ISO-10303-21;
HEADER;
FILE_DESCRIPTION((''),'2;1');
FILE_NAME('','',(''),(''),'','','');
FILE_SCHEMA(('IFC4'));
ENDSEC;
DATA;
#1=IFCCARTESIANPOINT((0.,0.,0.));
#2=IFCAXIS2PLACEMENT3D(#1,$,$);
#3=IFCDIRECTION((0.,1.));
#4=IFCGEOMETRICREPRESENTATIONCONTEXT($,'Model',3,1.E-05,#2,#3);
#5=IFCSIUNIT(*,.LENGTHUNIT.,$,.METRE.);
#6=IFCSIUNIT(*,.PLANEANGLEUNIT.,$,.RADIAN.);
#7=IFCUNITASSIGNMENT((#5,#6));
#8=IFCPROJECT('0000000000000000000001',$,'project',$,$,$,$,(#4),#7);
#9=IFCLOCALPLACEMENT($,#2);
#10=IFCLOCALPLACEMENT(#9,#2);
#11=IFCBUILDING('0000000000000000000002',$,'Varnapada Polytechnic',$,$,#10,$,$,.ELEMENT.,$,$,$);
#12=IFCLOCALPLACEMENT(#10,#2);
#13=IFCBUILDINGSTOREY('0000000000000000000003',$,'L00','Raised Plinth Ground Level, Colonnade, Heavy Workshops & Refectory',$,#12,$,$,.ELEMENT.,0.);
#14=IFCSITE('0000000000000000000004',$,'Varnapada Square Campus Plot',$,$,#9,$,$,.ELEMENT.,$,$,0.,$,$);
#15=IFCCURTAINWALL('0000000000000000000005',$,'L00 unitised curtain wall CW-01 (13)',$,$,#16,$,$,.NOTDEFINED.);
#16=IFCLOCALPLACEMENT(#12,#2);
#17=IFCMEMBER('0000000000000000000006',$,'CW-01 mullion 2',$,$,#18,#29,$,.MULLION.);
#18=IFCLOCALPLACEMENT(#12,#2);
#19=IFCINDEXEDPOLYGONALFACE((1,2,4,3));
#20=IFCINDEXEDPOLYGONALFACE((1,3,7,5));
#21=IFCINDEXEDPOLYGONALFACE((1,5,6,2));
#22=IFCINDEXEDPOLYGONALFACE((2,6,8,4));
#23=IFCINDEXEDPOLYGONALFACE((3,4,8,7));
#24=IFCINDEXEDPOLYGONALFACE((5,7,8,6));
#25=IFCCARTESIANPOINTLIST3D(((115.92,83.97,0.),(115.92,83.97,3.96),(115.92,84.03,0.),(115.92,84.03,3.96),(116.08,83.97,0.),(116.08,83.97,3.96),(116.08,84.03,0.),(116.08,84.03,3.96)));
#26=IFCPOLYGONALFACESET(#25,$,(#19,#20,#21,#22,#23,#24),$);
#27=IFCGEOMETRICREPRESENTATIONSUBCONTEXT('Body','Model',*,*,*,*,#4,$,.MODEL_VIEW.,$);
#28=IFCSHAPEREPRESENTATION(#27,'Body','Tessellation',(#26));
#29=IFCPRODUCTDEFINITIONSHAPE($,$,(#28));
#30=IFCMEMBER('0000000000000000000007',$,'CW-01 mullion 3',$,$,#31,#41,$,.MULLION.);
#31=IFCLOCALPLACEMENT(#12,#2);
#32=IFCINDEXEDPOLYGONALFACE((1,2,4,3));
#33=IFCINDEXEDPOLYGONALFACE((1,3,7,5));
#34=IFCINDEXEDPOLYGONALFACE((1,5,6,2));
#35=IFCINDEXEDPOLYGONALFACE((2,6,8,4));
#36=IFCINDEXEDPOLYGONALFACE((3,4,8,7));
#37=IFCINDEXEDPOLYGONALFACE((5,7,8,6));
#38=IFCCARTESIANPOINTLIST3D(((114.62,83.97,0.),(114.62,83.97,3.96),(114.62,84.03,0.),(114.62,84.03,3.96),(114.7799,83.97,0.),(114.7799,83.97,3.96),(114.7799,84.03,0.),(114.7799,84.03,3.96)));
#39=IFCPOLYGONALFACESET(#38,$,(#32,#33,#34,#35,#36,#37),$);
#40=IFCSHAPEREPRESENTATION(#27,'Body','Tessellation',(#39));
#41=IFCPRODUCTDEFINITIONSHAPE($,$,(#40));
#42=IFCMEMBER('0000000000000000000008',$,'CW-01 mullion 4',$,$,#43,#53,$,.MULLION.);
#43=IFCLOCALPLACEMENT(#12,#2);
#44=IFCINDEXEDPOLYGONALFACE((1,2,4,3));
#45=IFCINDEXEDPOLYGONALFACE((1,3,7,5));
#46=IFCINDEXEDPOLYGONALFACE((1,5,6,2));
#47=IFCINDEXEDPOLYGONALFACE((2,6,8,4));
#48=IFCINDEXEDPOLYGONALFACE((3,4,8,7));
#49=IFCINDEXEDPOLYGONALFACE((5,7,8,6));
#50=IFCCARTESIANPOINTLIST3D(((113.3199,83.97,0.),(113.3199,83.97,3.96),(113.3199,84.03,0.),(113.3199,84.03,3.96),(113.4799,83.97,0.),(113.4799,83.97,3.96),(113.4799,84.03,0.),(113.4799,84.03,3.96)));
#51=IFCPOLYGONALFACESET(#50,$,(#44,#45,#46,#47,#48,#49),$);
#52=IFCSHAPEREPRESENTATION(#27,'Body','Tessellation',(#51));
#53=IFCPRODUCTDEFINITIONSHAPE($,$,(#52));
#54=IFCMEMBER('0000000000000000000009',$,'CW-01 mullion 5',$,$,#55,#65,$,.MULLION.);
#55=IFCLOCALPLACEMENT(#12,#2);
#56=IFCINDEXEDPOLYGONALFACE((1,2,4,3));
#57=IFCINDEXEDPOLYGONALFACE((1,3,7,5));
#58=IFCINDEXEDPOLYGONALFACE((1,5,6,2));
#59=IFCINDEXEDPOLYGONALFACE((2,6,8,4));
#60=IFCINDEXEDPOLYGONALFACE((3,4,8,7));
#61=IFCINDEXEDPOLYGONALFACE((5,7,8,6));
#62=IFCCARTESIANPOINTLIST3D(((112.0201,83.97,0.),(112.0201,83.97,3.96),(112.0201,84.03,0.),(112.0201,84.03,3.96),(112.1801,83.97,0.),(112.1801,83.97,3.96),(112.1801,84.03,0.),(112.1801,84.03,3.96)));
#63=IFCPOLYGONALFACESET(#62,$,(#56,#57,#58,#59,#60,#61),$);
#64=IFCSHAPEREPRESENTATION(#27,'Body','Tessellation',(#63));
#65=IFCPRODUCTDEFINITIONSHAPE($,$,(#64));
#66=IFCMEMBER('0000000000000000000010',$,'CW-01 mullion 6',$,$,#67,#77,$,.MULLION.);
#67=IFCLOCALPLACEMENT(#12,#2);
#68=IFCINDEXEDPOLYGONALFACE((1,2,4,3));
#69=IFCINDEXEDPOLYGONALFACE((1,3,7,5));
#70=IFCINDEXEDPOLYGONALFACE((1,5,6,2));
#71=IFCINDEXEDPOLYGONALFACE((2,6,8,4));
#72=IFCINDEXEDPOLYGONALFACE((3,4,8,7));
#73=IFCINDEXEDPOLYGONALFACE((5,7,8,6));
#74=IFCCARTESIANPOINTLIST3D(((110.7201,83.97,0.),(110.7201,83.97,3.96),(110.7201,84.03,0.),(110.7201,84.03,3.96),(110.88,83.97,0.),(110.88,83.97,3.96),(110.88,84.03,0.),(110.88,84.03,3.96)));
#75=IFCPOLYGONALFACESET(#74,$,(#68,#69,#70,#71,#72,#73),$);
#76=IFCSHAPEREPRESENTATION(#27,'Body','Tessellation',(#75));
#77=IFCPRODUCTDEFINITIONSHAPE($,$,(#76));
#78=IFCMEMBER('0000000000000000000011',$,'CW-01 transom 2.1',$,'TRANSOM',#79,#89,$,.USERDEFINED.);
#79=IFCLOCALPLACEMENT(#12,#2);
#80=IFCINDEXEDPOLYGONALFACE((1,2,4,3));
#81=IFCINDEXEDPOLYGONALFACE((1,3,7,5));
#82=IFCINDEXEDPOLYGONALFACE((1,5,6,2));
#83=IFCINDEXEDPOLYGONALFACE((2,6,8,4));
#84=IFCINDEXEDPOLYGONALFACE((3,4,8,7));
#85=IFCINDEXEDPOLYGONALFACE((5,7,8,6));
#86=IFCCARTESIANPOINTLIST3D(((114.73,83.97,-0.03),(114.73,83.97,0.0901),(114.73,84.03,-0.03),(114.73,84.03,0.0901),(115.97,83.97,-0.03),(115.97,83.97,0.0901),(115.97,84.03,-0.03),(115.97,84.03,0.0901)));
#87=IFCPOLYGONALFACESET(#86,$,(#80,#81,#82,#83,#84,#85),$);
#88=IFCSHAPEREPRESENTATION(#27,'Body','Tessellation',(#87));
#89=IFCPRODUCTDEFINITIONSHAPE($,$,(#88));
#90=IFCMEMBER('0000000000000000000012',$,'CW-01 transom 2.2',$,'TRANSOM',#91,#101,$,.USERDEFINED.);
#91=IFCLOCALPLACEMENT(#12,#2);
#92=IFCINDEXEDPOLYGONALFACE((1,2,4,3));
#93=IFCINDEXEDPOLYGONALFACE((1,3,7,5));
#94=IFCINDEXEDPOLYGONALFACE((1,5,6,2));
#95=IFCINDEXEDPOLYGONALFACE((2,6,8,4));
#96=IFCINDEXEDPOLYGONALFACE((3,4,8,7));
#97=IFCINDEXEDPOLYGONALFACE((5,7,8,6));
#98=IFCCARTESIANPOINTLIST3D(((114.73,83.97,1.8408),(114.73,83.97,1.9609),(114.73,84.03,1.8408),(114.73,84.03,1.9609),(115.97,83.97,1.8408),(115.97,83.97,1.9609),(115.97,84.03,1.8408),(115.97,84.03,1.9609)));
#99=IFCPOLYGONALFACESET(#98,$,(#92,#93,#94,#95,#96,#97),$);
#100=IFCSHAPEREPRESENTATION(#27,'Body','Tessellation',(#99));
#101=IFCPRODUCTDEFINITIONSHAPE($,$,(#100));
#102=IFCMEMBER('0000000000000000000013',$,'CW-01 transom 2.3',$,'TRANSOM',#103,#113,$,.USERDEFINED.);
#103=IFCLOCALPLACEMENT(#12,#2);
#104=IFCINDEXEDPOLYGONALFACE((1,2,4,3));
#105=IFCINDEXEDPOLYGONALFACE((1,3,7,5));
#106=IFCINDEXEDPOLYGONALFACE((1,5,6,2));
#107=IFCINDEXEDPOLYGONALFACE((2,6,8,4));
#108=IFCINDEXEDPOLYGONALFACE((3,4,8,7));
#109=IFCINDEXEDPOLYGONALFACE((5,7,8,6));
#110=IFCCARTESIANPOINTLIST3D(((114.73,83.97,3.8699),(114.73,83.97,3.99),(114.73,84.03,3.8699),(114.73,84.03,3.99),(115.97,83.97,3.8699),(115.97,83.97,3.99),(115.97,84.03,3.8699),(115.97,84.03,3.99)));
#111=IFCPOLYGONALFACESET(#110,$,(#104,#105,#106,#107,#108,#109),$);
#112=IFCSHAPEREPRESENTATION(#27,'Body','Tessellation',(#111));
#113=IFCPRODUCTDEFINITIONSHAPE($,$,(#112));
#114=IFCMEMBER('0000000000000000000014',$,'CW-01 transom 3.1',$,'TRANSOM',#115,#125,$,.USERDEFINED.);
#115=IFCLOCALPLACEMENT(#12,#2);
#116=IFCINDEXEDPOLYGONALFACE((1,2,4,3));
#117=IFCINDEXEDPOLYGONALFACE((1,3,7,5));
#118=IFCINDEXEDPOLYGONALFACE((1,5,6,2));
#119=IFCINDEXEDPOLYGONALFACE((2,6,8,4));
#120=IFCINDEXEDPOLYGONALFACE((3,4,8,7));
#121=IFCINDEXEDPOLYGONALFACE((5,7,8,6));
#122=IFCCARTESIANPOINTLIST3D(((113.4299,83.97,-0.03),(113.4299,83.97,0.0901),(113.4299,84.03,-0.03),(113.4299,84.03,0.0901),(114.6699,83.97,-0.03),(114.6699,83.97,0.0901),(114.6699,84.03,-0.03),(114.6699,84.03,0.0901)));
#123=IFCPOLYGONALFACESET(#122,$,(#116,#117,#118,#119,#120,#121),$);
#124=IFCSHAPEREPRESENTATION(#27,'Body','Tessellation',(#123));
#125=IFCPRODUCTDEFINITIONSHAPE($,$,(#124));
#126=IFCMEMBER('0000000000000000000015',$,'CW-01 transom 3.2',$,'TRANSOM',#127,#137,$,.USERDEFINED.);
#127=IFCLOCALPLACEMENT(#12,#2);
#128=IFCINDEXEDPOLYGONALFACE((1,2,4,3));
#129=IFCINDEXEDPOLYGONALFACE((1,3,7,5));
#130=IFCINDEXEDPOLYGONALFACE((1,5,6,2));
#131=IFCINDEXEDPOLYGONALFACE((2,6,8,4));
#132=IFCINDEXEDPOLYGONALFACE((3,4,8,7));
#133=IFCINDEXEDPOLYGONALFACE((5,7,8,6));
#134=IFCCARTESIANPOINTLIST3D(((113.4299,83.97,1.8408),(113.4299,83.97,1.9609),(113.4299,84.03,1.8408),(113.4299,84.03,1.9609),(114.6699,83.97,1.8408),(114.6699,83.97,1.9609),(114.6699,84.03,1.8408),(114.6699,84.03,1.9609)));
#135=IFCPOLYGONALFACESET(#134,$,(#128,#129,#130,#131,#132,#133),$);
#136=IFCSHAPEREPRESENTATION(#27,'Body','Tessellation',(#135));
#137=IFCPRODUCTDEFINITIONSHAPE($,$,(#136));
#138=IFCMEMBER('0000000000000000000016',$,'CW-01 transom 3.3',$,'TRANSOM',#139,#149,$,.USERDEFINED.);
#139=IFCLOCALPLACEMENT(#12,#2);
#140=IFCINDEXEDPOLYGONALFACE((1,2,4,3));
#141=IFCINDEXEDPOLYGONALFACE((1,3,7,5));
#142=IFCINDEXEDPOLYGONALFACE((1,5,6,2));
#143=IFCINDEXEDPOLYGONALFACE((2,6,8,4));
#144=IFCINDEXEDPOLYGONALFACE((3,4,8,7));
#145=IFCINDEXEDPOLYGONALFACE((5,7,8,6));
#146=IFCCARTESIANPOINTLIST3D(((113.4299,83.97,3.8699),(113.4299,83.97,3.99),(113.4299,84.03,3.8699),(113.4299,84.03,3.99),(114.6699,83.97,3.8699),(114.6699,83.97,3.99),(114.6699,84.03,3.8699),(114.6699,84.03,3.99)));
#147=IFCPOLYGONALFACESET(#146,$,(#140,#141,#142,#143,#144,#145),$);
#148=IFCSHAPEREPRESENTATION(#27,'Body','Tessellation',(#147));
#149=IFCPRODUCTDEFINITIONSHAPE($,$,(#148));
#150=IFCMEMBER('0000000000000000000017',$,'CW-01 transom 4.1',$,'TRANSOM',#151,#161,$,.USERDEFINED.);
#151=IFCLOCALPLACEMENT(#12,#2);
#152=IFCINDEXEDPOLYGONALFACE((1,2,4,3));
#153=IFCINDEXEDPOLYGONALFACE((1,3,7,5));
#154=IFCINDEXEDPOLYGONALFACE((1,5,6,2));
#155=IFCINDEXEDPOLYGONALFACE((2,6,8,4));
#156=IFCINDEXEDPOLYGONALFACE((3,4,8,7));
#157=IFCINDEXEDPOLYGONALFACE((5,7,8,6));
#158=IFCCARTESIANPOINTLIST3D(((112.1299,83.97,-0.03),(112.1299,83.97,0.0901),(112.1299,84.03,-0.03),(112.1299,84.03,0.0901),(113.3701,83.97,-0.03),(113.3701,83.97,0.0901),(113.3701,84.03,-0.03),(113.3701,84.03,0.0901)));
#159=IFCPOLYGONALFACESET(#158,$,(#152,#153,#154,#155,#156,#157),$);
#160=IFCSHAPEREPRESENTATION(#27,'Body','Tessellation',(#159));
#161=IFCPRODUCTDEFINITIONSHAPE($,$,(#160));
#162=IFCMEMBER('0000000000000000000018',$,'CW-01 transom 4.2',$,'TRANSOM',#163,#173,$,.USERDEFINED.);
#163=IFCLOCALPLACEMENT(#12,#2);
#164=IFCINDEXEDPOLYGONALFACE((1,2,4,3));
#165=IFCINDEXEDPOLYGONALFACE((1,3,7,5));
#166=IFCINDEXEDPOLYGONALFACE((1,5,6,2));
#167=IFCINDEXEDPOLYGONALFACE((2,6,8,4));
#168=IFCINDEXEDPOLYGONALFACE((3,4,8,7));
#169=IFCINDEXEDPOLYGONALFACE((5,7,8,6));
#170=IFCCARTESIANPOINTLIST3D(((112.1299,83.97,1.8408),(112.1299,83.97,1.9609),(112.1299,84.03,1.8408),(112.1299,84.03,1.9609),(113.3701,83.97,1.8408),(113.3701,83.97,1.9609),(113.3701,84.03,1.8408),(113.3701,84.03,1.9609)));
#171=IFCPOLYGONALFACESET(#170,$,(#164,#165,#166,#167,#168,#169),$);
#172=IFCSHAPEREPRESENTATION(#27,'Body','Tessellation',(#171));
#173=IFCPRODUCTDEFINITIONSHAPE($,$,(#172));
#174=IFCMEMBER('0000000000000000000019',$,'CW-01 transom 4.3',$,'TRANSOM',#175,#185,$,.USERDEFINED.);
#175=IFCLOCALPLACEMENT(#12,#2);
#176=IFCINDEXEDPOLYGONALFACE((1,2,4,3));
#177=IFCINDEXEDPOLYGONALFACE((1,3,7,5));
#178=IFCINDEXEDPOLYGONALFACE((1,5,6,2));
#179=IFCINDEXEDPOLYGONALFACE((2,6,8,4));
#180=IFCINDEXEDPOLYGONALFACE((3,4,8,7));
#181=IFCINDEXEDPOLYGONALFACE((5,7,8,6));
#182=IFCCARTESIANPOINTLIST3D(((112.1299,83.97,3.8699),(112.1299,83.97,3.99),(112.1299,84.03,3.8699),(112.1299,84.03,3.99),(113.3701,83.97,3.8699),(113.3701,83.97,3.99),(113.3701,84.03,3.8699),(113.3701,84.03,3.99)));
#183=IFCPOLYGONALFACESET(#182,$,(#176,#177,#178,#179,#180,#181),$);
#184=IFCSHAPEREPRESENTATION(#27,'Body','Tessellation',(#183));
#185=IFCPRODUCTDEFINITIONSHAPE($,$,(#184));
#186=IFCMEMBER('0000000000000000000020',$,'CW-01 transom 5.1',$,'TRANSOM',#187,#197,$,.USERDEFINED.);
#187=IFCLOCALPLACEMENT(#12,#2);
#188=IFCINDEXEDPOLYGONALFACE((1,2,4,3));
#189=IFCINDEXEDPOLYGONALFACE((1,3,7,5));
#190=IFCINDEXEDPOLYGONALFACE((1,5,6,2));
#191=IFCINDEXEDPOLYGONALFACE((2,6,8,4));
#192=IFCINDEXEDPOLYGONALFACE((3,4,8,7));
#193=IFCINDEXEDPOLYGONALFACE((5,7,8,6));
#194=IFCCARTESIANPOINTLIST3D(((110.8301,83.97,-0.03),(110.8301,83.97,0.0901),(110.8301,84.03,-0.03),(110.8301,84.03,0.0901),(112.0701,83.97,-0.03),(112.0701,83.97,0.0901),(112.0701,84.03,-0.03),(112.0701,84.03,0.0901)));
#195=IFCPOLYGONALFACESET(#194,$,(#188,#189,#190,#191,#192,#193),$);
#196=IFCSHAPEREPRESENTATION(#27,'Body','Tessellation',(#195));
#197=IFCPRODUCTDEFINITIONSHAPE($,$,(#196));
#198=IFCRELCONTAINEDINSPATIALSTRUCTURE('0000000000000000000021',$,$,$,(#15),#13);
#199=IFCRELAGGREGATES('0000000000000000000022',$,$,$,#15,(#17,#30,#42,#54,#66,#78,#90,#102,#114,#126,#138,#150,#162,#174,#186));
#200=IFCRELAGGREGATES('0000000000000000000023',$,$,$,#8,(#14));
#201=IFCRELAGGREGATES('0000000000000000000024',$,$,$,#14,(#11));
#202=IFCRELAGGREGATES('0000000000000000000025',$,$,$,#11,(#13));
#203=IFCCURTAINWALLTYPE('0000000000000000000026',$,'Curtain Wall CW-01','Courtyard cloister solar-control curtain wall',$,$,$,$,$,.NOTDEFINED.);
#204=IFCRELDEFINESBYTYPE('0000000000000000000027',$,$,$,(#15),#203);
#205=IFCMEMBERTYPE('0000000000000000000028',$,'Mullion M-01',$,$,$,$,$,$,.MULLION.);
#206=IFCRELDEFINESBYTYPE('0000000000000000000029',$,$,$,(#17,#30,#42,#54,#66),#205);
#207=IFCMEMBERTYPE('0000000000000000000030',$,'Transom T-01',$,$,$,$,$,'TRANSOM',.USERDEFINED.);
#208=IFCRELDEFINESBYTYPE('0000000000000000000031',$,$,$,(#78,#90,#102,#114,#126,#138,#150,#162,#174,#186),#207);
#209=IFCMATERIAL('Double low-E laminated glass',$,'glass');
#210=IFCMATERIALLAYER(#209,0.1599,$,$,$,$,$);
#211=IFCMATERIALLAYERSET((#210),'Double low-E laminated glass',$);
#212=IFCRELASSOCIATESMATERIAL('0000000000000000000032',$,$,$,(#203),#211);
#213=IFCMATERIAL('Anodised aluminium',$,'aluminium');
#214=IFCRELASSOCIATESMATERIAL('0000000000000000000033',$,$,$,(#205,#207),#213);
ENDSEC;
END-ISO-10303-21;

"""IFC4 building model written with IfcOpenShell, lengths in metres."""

from ifc_helpers import new_model, si_unit, direction, frame, origin, origin_2d, place, context, subcontext, project, spatial, rectangle, extrude, material, layer, layer_set, material_profile, profile_set, type_object, element, aggregate, save


model = new_model("IFC4")

# Units and contexts
model_context = context("Model", 3, precision=1e-05, world=origin(), true_north=direction((0.0, 1.0)))
body_context = subcontext(model_context, "Body", "Model", "MODEL_VIEW")
ifc_project = project(units=[si_unit("LENGTHUNIT", "METRE"), si_unit("PLANEANGLEUNIT", "RADIAN")], contexts=[model_context])

# Site, building, storey
site_placement = place(None, origin())
site = spatial("IfcSite", under=ifc_project, at=site_placement, Name="Varnapada Square Campus Plot", CompositionType="ELEMENT", RefElevation=0.0)
building_placement = place(site_placement, origin())
building = spatial("IfcBuilding", under=site, at=building_placement, Name="Varnapada Polytechnic", CompositionType="ELEMENT")
storey_placement = place(building_placement, origin())
storey = spatial("IfcBuildingStorey", under=building, at=storey_placement, Name="L00", Description="Raised Plinth Ground Level, Colonnade, Heavy Workshops & Refectory", CompositionType="ELEMENT", Elevation=0.0)

# Curtain wall, members
ifc_material_1 = material(Name="Double low-E laminated glass", Category="glass")
ifc_layer_1 = layer(ifc_material_1, 0.1599)
ifc_layer_set_1 = layer_set([ifc_layer_1], Name="Double low-E laminated glass")
curtain_wall_type = type_object("IfcCurtainWallType", Name="Curtain Wall CW-01", Description="Courtyard cloister solar-control curtain wall", PredefinedType="NOTDEFINED", material=ifc_layer_set_1)
curtain_wall_placement = place(storey_placement, origin())
curtain_wall = element("IfcCurtainWall", 1, at=curtain_wall_placement, inside=storey, type_object=curtain_wall_type, Name="L00 unitised curtain wall CW-01 (13)", PredefinedType="NOTDEFINED")
ifc_material_2 = material(Name="Anodised aluminium", Category="aluminium")
ifc_material_profile_1 = material_profile(ifc_material_2, rectangle(XDim=0.0601, YDim=0.1599, at=origin_2d()), Name="ALU M60x160")
ifc_profile_set_1 = profile_set([ifc_material_profile_1], Name="Anodised aluminium")
member_type_1 = type_object("IfcMemberType", Name="Mullion M-01", PredefinedType="MULLION", material=ifc_profile_set_1)
member_1_placement = place(storey_placement, frame((116.0, 84.0, 0.0), z_axis=(0.0, 0.0, 1.0), x_axis=(0.0, -1.0, 0.0)))
member_1 = element("IfcMember", 2, at=member_1_placement, type_object=member_type_1, Name="CW-01 mullion 2", PredefinedType="MULLION", context=body_context, shape_type="SweptSolid", body=[
    extrude(rectangle(XDim=0.0601, YDim=0.1599, at=origin_2d()), origin(), (0.0, 0.0, 1.0), 3.96),
])
member_2_placement = place(storey_placement, frame((114.7, 84.0, 0.0), z_axis=(0.0, 0.0, 1.0), x_axis=(0.0, -1.0, 0.0)))
member_2 = element("IfcMember", 3, at=member_2_placement, type_object=member_type_1, Name="CW-01 mullion 3", PredefinedType="MULLION", context=body_context, shape_type="SweptSolid", body=[
    extrude(rectangle(XDim=0.0601, YDim=0.1599, at=origin_2d()), origin(), (0.0, 0.0, 1.0), 3.96),
])
member_3_placement = place(storey_placement, frame((113.3999, 84.0, 0.0), z_axis=(0.0, 0.0, 1.0), x_axis=(0.0, -1.0, 0.0)))
member_3 = element("IfcMember", 4, at=member_3_placement, type_object=member_type_1, Name="CW-01 mullion 4", PredefinedType="MULLION", context=body_context, shape_type="SweptSolid", body=[
    extrude(rectangle(XDim=0.0601, YDim=0.1599, at=origin_2d()), origin(), (0.0, 0.0, 1.0), 3.96),
])
member_4_placement = place(storey_placement, frame((112.1001, 84.0, 0.0), z_axis=(0.0, 0.0, 1.0), x_axis=(0.0, -1.0, 0.0)))
member_4 = element("IfcMember", 5, at=member_4_placement, type_object=member_type_1, Name="CW-01 mullion 5", PredefinedType="MULLION", context=body_context, shape_type="SweptSolid", body=[
    extrude(rectangle(XDim=0.0601, YDim=0.1599, at=origin_2d()), origin(), (0.0, 0.0, 1.0), 3.96),
])
member_5_placement = place(storey_placement, frame((110.8, 84.0, 0.0), z_axis=(0.0, 0.0, 1.0), x_axis=(0.0, -1.0, 0.0)))
member_5 = element("IfcMember", 6, at=member_5_placement, type_object=member_type_1, Name="CW-01 mullion 6", PredefinedType="MULLION", context=body_context, shape_type="SweptSolid", body=[
    extrude(rectangle(XDim=0.0601, YDim=0.1599, at=origin_2d()), origin(), (0.0, 0.0, 1.0), 3.96),
])
ifc_material_profile_2 = material_profile(ifc_material_2, rectangle(XDim=0.0601, YDim=0.1201, at=origin_2d()), Name="ALU T60x120")
ifc_profile_set_2 = profile_set([ifc_material_profile_2], Name="Anodised aluminium")
member_type_2 = type_object("IfcMemberType", Name="Transom T-01", ElementType="TRANSOM", PredefinedType="USERDEFINED", material=ifc_profile_set_2)
member_6_placement = place(storey_placement, frame((115.97, 84.0, 0.03), z_axis=(-1.0, 0.0, 0.0), x_axis=(0.0, -1.0, 0.0)))
member_6 = element("IfcMember", 7, at=member_6_placement, type_object=member_type_2, Name="CW-01 transom 2.1", ObjectType="TRANSOM", PredefinedType="USERDEFINED", context=body_context, shape_type="SweptSolid", body=[
    extrude(rectangle(XDim=0.0601, YDim=0.1201, at=origin_2d()), origin(), (0.0, 0.0, 1.0), 1.24),
])
member_7_placement = place(storey_placement, frame((115.97, 84.0, 1.9009), z_axis=(-1.0, 0.0, 0.0), x_axis=(0.0, -1.0, 0.0)))
member_7 = element("IfcMember", 8, at=member_7_placement, type_object=member_type_2, Name="CW-01 transom 2.2", ObjectType="TRANSOM", PredefinedType="USERDEFINED", context=body_context, shape_type="SweptSolid", body=[
    extrude(rectangle(XDim=0.0601, YDim=0.1201, at=origin_2d()), origin(), (0.0, 0.0, 1.0), 1.24),
])
member_8_placement = place(storey_placement, frame((115.97, 84.0, 3.9299), z_axis=(-1.0, 0.0, 0.0), x_axis=(0.0, -1.0, 0.0)))
member_8 = element("IfcMember", 9, at=member_8_placement, type_object=member_type_2, Name="CW-01 transom 2.3", ObjectType="TRANSOM", PredefinedType="USERDEFINED", context=body_context, shape_type="SweptSolid", body=[
    extrude(rectangle(XDim=0.0601, YDim=0.1201, at=origin_2d()), origin(), (0.0, 0.0, 1.0), 1.24),
])
member_9_placement = place(storey_placement, frame((114.6699, 84.0, 0.03), z_axis=(-1.0, 0.0, 0.0), x_axis=(0.0, -1.0, 0.0)))
member_9 = element("IfcMember", 10, at=member_9_placement, type_object=member_type_2, Name="CW-01 transom 3.1", ObjectType="TRANSOM", PredefinedType="USERDEFINED", context=body_context, shape_type="SweptSolid", body=[
    extrude(rectangle(XDim=0.0601, YDim=0.1201, at=origin_2d()), origin(), (0.0, 0.0, 1.0), 1.24),
])
member_10_placement = place(storey_placement, frame((114.6699, 84.0, 1.9009), z_axis=(-1.0, 0.0, 0.0), x_axis=(0.0, -1.0, 0.0)))
member_10 = element("IfcMember", 11, at=member_10_placement, type_object=member_type_2, Name="CW-01 transom 3.2", ObjectType="TRANSOM", PredefinedType="USERDEFINED", context=body_context, shape_type="SweptSolid", body=[
    extrude(rectangle(XDim=0.0601, YDim=0.1201, at=origin_2d()), origin(), (0.0, 0.0, 1.0), 1.24),
])
member_11_placement = place(storey_placement, frame((114.6699, 84.0, 3.9299), z_axis=(-1.0, 0.0, 0.0), x_axis=(0.0, -1.0, 0.0)))
member_11 = element("IfcMember", 12, at=member_11_placement, type_object=member_type_2, Name="CW-01 transom 3.3", ObjectType="TRANSOM", PredefinedType="USERDEFINED", context=body_context, shape_type="SweptSolid", body=[
    extrude(rectangle(XDim=0.0601, YDim=0.1201, at=origin_2d()), origin(), (0.0, 0.0, 1.0), 1.24),
])
member_12_placement = place(storey_placement, frame((113.3701, 84.0, 0.03), z_axis=(-1.0, 0.0, 0.0), x_axis=(0.0, -1.0, 0.0)))
member_12 = element("IfcMember", 13, at=member_12_placement, type_object=member_type_2, Name="CW-01 transom 4.1", ObjectType="TRANSOM", PredefinedType="USERDEFINED", context=body_context, shape_type="SweptSolid", body=[
    extrude(rectangle(XDim=0.0601, YDim=0.1201, at=origin_2d()), origin(), (0.0, 0.0, 1.0), 1.2402),
])
member_13_placement = place(storey_placement, frame((113.3701, 84.0, 1.9009), z_axis=(-1.0, 0.0, 0.0), x_axis=(0.0, -1.0, 0.0)))
member_13 = element("IfcMember", 14, at=member_13_placement, type_object=member_type_2, Name="CW-01 transom 4.2", ObjectType="TRANSOM", PredefinedType="USERDEFINED", context=body_context, shape_type="SweptSolid", body=[
    extrude(rectangle(XDim=0.0601, YDim=0.1201, at=origin_2d()), origin(), (0.0, 0.0, 1.0), 1.2402),
])
member_14_placement = place(storey_placement, frame((113.3701, 84.0, 3.9299), z_axis=(-1.0, 0.0, 0.0), x_axis=(0.0, -1.0, 0.0)))
member_14 = element("IfcMember", 15, at=member_14_placement, type_object=member_type_2, Name="CW-01 transom 4.3", ObjectType="TRANSOM", PredefinedType="USERDEFINED", context=body_context, shape_type="SweptSolid", body=[
    extrude(rectangle(XDim=0.0601, YDim=0.1201, at=origin_2d()), origin(), (0.0, 0.0, 1.0), 1.2402),
])
member_15_placement = place(storey_placement, frame((112.0701, 84.0, 0.03), z_axis=(-1.0, 0.0, 0.0), x_axis=(0.0, -1.0, 0.0)))
member_15 = element("IfcMember", 16, at=member_15_placement, type_object=member_type_2, Name="CW-01 transom 5.1", ObjectType="TRANSOM", PredefinedType="USERDEFINED", context=body_context, shape_type="SweptSolid", body=[
    extrude(rectangle(XDim=0.0601, YDim=0.1201, at=origin_2d()), origin(), (0.0, 0.0, 1.0), 1.24),
])
aggregate(curtain_wall, [member_1, member_2, member_3, member_4, member_5, member_6, member_7, member_8, member_9, member_10, member_11, member_12, member_13, member_14, member_15])

save(model, "model.ifc")
